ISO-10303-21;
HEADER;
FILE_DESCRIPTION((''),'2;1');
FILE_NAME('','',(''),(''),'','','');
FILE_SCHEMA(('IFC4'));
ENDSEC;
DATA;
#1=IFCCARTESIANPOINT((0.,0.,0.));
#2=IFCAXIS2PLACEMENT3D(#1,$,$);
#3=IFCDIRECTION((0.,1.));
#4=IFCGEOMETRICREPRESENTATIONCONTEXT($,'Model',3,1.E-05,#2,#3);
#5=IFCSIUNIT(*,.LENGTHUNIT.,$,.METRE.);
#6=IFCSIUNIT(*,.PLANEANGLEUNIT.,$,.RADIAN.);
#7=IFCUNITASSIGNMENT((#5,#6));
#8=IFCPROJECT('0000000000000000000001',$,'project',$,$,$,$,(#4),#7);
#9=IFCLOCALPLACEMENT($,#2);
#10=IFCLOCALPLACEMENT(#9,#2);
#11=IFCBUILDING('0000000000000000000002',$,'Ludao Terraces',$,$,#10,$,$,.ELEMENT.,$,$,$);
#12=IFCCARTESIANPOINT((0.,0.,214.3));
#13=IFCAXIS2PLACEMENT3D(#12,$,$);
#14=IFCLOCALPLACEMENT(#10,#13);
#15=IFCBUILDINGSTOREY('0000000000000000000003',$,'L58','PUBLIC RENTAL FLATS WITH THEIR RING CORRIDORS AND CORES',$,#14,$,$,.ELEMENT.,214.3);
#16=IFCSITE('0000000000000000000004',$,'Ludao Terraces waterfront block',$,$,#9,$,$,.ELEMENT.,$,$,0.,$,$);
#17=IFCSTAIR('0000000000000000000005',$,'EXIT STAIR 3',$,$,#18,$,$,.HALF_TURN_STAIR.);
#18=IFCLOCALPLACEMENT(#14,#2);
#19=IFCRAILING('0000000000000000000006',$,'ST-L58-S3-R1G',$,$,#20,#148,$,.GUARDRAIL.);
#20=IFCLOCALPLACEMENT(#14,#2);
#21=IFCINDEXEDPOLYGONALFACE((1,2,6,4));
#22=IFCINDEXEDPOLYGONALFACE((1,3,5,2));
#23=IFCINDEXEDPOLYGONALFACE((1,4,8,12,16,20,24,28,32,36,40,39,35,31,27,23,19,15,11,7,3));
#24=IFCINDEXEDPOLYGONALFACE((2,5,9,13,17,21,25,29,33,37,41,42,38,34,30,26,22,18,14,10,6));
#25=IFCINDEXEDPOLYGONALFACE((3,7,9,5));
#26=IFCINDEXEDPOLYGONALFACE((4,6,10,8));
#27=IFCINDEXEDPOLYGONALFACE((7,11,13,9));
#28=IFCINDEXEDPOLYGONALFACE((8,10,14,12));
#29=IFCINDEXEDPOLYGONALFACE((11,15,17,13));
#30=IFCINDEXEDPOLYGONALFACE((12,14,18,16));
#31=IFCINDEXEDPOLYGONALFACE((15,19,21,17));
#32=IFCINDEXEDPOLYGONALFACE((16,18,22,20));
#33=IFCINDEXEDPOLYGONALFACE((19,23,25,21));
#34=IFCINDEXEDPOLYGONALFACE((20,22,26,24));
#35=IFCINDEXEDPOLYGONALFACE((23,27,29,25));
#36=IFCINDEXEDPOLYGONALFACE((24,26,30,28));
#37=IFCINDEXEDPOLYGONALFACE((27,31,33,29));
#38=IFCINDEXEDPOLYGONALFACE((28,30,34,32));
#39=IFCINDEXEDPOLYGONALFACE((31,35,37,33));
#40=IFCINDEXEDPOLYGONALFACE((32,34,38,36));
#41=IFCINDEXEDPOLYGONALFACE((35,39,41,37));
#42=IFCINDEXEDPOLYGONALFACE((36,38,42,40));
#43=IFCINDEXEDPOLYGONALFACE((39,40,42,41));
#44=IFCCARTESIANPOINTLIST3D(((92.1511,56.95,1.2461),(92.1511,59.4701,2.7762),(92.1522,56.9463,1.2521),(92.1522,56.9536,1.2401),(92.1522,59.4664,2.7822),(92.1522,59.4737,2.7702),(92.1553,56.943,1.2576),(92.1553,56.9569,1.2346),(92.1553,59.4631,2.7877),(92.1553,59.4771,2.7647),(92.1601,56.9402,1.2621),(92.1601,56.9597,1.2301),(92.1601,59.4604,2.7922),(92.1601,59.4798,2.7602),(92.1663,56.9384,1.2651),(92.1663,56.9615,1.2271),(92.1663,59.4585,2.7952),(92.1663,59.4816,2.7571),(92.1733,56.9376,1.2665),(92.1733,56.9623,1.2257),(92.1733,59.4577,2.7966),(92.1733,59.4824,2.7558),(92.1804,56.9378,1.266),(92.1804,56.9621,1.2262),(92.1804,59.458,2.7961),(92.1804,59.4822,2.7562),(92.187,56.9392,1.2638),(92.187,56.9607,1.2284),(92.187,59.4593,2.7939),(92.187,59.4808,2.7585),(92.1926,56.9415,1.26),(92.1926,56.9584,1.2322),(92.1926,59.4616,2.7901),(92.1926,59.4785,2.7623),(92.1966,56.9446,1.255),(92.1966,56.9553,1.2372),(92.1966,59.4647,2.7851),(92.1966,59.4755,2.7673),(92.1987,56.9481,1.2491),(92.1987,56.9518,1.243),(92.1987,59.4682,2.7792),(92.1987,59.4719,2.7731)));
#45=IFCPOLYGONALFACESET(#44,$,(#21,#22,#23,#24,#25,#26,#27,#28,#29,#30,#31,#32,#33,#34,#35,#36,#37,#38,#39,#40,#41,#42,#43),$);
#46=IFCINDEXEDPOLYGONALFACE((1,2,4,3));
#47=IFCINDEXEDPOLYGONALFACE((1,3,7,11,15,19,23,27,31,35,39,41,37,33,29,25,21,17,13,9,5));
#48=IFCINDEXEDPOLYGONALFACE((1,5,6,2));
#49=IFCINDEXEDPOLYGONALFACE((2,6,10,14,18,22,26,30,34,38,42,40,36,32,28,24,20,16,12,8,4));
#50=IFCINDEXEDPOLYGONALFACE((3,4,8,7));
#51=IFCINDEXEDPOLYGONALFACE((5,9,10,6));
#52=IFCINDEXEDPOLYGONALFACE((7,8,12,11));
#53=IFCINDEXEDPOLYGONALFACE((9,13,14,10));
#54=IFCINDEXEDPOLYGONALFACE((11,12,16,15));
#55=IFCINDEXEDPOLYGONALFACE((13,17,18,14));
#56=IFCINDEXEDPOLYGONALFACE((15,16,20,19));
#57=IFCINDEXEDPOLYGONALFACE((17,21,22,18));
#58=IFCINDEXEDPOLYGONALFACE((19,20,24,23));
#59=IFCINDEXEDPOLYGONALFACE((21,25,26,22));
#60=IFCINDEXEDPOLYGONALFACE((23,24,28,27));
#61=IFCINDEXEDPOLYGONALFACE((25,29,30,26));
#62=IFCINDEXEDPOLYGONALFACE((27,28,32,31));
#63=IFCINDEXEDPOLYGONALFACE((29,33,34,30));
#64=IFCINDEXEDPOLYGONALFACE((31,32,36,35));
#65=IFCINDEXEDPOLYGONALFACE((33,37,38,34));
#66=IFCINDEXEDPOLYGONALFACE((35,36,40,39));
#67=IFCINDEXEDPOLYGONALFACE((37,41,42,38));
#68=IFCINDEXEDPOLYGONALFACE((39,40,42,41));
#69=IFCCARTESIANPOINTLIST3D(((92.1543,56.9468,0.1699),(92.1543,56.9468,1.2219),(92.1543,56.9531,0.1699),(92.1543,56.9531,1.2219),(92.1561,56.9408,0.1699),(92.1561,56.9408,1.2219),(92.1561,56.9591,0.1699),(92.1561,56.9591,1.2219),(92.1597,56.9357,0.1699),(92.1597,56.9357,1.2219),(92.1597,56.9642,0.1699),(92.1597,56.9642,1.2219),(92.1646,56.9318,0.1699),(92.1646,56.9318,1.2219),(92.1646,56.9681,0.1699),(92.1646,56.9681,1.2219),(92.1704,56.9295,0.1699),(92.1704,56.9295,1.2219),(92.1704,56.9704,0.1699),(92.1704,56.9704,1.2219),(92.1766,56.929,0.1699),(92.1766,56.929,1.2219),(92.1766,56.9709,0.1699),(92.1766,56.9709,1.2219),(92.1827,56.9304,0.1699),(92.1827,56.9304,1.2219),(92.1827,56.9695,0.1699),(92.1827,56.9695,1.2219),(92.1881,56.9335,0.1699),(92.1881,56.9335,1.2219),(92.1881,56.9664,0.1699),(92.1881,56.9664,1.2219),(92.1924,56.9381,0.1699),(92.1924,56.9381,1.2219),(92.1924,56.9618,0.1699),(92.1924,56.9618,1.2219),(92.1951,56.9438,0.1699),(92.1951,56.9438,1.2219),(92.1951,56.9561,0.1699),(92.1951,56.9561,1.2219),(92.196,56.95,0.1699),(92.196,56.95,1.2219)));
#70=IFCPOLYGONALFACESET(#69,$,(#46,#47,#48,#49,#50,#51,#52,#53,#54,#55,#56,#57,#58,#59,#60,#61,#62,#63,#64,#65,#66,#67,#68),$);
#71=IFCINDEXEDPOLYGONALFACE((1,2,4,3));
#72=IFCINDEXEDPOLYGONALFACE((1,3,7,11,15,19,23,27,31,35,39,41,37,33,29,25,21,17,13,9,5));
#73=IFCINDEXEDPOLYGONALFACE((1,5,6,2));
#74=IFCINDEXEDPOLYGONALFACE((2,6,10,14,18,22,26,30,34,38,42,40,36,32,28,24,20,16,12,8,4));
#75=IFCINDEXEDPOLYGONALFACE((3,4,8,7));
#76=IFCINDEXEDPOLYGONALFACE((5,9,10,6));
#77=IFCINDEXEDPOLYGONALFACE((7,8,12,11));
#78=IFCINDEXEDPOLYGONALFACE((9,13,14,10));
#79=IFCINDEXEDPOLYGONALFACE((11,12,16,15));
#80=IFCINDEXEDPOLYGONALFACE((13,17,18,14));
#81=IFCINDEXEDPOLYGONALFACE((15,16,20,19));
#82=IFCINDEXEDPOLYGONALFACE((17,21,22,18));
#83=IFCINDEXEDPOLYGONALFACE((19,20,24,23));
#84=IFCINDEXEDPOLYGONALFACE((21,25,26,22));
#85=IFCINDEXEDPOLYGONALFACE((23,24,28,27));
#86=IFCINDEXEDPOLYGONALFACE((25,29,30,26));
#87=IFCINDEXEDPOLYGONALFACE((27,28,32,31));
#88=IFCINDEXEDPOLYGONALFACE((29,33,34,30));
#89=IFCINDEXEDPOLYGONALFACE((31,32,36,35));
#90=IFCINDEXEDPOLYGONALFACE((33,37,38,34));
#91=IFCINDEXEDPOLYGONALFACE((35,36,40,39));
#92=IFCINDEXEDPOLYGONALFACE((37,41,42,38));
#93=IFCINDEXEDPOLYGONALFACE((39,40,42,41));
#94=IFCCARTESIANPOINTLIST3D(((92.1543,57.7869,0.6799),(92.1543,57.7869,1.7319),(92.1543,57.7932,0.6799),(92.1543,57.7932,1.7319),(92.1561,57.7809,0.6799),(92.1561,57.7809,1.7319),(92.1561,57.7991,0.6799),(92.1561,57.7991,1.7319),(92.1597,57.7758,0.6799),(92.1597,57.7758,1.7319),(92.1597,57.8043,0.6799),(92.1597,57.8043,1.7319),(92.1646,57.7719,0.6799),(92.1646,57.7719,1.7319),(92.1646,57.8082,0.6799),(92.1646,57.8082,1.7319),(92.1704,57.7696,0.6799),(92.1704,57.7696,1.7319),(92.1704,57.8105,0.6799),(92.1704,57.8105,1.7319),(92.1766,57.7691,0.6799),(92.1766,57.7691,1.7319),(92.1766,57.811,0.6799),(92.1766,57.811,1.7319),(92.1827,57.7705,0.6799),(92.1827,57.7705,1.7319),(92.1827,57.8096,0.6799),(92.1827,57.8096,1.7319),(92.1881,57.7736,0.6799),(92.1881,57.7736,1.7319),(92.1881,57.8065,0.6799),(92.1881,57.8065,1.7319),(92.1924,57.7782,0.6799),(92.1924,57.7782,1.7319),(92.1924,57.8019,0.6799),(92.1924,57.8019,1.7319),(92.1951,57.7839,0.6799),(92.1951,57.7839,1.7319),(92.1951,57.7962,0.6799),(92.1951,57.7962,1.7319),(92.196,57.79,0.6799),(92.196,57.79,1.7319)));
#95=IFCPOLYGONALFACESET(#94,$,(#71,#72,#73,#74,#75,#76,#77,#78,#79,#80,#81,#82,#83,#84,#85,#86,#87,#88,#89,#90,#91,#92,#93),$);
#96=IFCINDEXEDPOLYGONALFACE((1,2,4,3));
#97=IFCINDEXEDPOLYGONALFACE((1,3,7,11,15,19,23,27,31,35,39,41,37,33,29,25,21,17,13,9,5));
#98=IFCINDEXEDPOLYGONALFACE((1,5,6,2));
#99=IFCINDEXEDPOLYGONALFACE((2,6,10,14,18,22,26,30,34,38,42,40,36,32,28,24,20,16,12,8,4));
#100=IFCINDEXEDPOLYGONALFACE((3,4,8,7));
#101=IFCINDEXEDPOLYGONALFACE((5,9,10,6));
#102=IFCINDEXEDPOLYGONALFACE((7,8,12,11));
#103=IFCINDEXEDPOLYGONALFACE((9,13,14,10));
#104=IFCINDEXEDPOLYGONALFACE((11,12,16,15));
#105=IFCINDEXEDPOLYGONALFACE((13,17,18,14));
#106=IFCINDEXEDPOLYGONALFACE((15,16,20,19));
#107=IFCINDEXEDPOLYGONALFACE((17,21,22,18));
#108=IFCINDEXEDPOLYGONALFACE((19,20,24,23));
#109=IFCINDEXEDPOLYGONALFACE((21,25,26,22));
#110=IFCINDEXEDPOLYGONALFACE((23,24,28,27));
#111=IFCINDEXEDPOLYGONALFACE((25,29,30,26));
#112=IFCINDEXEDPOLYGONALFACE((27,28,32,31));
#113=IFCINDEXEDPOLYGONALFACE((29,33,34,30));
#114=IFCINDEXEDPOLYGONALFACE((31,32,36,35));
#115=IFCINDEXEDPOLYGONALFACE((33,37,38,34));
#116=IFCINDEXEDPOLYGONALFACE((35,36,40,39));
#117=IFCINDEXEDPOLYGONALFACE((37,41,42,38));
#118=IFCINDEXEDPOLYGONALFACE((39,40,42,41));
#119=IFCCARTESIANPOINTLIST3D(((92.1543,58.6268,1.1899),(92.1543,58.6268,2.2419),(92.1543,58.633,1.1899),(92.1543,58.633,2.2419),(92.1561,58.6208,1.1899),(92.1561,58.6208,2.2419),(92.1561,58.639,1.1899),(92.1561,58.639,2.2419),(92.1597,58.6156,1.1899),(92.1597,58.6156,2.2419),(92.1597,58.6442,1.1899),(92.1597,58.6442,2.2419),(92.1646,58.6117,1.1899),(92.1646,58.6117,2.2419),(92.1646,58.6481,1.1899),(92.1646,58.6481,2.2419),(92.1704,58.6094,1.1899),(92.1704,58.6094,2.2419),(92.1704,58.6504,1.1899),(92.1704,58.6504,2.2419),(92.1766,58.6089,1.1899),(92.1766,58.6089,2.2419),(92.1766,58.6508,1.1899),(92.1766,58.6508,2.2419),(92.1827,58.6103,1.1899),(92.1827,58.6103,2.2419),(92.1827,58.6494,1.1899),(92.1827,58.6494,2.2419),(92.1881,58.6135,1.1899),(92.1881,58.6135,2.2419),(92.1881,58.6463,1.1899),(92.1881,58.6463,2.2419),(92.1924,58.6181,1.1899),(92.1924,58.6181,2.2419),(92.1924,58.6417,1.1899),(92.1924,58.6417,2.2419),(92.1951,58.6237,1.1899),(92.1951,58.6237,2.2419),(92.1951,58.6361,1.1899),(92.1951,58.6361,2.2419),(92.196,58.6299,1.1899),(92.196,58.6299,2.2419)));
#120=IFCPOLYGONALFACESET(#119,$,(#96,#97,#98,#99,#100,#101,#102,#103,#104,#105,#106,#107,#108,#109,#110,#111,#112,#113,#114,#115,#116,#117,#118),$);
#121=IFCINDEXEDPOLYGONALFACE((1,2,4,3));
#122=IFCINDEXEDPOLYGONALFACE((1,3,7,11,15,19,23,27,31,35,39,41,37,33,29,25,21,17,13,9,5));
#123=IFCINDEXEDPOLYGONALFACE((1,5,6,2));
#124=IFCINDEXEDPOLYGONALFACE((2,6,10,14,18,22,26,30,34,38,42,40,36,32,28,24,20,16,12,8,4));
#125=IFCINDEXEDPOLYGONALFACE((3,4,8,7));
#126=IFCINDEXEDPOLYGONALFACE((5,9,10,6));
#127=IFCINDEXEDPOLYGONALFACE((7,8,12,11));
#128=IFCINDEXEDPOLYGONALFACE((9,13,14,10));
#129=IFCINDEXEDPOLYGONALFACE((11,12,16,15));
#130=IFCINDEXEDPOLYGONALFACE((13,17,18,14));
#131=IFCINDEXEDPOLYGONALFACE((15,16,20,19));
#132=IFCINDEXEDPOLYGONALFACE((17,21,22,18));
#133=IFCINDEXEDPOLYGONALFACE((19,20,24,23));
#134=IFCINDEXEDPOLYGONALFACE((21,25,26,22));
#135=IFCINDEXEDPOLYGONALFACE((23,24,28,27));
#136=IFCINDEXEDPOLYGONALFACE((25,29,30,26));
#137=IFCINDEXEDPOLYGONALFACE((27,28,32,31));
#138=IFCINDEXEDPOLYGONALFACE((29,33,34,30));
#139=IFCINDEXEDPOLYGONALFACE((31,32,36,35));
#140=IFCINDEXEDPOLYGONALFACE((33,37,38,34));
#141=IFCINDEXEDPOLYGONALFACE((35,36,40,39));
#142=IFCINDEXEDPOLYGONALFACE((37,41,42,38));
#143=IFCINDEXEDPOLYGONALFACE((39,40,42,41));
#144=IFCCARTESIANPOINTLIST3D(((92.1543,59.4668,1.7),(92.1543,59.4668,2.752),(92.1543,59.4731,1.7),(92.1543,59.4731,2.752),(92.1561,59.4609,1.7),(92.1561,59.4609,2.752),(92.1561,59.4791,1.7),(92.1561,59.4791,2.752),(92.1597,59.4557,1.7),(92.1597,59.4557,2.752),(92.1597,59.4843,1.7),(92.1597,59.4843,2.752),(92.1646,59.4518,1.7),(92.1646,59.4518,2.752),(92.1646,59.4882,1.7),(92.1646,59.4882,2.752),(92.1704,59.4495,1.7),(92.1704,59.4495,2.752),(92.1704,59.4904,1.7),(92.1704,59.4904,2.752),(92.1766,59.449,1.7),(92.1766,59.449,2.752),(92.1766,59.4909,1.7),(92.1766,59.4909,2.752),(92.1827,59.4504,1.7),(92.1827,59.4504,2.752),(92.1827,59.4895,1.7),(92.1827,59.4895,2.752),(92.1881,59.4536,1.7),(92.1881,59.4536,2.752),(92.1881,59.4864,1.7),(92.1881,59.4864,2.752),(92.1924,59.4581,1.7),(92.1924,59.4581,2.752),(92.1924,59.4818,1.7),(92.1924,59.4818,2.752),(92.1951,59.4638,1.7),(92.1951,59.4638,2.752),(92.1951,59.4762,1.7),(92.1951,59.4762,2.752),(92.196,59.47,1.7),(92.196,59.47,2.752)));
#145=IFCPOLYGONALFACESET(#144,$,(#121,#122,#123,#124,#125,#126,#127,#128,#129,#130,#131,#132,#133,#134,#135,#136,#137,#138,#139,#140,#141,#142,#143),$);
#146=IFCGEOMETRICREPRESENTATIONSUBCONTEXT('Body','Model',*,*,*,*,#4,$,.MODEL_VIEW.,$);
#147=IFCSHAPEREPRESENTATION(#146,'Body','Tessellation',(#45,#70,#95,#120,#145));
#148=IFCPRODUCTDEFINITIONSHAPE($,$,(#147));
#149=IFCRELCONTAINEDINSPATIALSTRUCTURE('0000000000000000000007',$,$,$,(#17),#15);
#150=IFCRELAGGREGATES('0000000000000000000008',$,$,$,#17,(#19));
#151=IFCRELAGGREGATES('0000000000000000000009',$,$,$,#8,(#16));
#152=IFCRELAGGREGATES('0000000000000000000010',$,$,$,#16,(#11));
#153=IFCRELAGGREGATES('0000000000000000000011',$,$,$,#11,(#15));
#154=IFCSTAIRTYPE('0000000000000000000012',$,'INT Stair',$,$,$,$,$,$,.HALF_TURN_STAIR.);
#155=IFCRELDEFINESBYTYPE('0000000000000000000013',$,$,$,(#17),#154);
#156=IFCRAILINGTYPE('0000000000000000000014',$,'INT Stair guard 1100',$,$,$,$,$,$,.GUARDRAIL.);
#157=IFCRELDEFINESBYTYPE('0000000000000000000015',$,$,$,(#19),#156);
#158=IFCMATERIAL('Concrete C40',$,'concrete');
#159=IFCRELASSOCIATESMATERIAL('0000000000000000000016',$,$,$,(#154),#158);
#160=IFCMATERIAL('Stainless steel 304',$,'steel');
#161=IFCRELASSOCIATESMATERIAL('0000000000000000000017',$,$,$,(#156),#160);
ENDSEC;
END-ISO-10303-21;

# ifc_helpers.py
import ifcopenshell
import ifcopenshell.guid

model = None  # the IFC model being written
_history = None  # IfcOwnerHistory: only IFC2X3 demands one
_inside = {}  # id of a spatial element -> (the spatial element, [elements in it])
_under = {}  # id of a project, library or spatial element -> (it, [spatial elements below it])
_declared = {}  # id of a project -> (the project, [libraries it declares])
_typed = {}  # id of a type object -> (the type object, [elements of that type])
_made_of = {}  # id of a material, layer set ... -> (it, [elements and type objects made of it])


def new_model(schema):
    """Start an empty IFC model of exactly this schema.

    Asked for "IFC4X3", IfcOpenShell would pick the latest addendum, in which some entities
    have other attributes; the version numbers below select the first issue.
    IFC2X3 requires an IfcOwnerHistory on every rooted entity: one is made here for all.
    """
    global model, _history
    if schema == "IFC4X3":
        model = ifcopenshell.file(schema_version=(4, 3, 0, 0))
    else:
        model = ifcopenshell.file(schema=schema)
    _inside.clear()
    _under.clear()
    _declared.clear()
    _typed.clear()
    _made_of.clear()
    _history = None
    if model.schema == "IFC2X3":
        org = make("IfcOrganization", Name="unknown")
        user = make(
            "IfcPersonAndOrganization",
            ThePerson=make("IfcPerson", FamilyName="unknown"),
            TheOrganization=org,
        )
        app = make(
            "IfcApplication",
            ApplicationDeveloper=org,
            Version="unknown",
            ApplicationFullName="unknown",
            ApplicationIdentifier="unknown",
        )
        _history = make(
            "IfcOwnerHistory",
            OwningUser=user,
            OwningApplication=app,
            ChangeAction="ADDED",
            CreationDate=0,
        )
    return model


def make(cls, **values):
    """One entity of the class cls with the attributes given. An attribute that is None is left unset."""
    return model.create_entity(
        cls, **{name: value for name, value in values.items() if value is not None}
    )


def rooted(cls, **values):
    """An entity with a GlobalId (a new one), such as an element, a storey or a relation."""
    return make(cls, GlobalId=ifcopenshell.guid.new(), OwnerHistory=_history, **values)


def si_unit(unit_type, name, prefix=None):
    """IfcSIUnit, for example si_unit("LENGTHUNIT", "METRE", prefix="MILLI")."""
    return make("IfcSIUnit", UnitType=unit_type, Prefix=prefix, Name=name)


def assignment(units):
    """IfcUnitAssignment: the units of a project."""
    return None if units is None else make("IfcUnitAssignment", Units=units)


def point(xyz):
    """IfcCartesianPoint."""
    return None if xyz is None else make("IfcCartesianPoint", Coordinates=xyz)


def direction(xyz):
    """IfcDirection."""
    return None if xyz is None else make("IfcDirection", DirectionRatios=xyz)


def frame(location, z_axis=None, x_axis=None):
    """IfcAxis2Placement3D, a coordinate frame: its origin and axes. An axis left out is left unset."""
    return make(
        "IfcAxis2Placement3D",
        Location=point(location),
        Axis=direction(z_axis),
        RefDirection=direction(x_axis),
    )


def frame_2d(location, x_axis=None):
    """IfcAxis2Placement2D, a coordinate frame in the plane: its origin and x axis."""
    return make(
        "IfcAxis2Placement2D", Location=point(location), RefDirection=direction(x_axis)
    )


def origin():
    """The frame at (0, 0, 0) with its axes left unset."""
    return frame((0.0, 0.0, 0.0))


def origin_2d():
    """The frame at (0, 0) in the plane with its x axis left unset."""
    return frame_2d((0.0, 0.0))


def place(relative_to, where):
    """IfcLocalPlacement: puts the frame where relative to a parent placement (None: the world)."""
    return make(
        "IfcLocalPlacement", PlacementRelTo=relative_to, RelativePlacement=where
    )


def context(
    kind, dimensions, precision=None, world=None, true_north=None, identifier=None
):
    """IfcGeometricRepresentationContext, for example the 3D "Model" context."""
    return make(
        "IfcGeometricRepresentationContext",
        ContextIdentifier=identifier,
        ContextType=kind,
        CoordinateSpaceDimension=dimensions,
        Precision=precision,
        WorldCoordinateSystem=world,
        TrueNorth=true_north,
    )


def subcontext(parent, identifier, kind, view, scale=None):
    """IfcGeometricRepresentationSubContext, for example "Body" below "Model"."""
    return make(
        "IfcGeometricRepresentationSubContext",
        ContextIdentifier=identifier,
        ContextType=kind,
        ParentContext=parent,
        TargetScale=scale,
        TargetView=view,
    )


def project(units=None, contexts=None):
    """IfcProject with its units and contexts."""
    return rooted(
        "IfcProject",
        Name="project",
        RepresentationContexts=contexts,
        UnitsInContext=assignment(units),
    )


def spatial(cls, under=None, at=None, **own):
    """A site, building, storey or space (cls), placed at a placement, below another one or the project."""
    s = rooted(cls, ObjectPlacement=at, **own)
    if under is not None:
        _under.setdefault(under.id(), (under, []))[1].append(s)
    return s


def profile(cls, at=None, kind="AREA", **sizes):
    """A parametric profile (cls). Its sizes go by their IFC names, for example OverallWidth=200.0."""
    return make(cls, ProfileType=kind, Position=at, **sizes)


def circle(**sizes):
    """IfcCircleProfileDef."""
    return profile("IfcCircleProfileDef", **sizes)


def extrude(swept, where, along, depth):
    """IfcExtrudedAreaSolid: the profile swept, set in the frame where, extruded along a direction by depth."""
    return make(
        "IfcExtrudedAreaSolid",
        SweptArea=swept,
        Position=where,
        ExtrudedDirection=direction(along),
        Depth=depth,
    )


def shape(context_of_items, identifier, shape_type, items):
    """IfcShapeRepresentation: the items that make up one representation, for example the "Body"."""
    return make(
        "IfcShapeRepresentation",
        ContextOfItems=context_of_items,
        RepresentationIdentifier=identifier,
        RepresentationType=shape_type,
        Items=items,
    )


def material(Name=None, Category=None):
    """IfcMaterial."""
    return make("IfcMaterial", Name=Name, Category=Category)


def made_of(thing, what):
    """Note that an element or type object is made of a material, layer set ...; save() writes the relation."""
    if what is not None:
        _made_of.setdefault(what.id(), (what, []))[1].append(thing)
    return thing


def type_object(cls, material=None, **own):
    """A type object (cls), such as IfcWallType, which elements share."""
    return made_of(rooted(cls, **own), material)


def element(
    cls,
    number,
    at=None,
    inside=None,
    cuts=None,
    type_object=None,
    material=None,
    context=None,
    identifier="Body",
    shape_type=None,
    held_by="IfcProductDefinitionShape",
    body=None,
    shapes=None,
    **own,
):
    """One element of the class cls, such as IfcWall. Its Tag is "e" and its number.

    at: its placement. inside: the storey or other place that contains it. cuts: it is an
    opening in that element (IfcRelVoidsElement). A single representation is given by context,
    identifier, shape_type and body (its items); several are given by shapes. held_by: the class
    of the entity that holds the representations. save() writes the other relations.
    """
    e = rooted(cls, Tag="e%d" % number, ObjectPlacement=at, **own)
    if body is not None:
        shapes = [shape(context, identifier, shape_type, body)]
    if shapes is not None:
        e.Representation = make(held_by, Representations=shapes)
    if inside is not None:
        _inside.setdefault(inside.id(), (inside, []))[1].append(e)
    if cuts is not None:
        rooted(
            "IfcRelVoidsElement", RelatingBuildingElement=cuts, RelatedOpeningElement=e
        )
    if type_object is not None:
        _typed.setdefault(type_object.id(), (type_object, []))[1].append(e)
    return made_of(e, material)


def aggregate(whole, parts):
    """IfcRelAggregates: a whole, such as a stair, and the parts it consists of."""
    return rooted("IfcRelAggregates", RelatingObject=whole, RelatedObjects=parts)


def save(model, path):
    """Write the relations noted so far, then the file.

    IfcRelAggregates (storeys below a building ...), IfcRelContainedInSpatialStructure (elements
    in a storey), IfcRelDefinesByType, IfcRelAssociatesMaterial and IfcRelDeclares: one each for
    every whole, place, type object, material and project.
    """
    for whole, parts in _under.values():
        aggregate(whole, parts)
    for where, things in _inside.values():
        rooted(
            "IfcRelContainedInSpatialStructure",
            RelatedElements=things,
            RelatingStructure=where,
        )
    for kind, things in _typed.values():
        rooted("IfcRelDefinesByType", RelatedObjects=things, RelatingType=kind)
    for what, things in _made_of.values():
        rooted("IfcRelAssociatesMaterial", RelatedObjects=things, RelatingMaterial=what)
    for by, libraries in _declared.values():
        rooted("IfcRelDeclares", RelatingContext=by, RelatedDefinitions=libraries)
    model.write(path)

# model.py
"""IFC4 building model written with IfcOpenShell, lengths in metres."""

from ifc_helpers import new_model, si_unit, direction, frame, origin, origin_2d, place, context, subcontext, project, spatial, circle, extrude, material, type_object, element, aggregate, save


model = new_model("IFC4")

# Units and contexts
model_context = context("Model", 3, precision=1e-05, world=origin(), true_north=direction((0.0, 1.0)))
body_context = subcontext(model_context, "Body", "Model", "MODEL_VIEW")
ifc_project = project(units=[si_unit("LENGTHUNIT", "METRE"), si_unit("PLANEANGLEUNIT", "RADIAN")], contexts=[model_context])

# Site, building, storey
site_placement = place(None, origin())
site = spatial("IfcSite", under=ifc_project, at=site_placement, Name="Ludao Terraces waterfront block", CompositionType="ELEMENT", RefElevation=0.0)
building_placement = place(site_placement, origin())
building = spatial("IfcBuilding", under=site, at=building_placement, Name="Ludao Terraces", CompositionType="ELEMENT")
storey_placement = place(building_placement, frame((0.0, 0.0, 214.3)))
storey = spatial("IfcBuildingStorey", under=building, at=storey_placement, Name="L58", Description="PUBLIC RENTAL FLATS WITH THEIR RING CORRIDORS AND CORES", CompositionType="ELEMENT", Elevation=214.3)

# Shared definitions
ifc_material_1 = material(Name="Concrete C40", Category="concrete")

# Stair, railing
stair_type = type_object("IfcStairType", Name="INT Stair", PredefinedType="HALF_TURN_STAIR", material=ifc_material_1)
stair_placement = place(storey_placement, origin())
stair = element("IfcStair", 1, at=stair_placement, inside=storey, type_object=stair_type, Name="EXIT STAIR 3", PredefinedType="HALF_TURN_STAIR")
ifc_material_2 = material(Name="Stainless steel 304", Category="steel")
railing_type_1 = type_object("IfcRailingType", Name="INT Stair guard 1100", PredefinedType="GUARDRAIL", material=ifc_material_2)
railing_1_placement = place(storey_placement, frame((92.175, 56.95, 0.1699)))
railing_1 = element("IfcRailing", 2, at=railing_1_placement, type_object=railing_type_1, Name="ST-L58-S3-R1G", PredefinedType="GUARDRAIL", context=body_context, shape_type="SweptSolid", body=[
    extrude(circle(Radius=0.0239, at=origin_2d()), frame((0.0, 0.0, 1.0762), z_axis=(0.0, 0.854785, 0.518982), x_axis=(-1.0, 0.0, 0.0)), (0.0, 0.0, 1.0), 2.9482),
    extrude(circle(Radius=0.021, at=origin_2d()), origin(), (0.0, 0.0, 1.0), 1.052),
    extrude(circle(Radius=0.021, at=origin_2d()), frame((0.0, 0.8401, 0.51)), (0.0, 0.0, 1.0), 1.052),
    extrude(circle(Radius=0.021, at=origin_2d()), frame((0.0, 1.6799, 1.02)), (0.0, 0.0, 1.0), 1.052),
    extrude(circle(Radius=0.021, at=origin_2d()), frame((0.0, 2.52, 1.53)), (0.0, 0.0, 1.0), 1.052),
])
aggregate(stair, [railing_1])

save(model, "model.ifc")
